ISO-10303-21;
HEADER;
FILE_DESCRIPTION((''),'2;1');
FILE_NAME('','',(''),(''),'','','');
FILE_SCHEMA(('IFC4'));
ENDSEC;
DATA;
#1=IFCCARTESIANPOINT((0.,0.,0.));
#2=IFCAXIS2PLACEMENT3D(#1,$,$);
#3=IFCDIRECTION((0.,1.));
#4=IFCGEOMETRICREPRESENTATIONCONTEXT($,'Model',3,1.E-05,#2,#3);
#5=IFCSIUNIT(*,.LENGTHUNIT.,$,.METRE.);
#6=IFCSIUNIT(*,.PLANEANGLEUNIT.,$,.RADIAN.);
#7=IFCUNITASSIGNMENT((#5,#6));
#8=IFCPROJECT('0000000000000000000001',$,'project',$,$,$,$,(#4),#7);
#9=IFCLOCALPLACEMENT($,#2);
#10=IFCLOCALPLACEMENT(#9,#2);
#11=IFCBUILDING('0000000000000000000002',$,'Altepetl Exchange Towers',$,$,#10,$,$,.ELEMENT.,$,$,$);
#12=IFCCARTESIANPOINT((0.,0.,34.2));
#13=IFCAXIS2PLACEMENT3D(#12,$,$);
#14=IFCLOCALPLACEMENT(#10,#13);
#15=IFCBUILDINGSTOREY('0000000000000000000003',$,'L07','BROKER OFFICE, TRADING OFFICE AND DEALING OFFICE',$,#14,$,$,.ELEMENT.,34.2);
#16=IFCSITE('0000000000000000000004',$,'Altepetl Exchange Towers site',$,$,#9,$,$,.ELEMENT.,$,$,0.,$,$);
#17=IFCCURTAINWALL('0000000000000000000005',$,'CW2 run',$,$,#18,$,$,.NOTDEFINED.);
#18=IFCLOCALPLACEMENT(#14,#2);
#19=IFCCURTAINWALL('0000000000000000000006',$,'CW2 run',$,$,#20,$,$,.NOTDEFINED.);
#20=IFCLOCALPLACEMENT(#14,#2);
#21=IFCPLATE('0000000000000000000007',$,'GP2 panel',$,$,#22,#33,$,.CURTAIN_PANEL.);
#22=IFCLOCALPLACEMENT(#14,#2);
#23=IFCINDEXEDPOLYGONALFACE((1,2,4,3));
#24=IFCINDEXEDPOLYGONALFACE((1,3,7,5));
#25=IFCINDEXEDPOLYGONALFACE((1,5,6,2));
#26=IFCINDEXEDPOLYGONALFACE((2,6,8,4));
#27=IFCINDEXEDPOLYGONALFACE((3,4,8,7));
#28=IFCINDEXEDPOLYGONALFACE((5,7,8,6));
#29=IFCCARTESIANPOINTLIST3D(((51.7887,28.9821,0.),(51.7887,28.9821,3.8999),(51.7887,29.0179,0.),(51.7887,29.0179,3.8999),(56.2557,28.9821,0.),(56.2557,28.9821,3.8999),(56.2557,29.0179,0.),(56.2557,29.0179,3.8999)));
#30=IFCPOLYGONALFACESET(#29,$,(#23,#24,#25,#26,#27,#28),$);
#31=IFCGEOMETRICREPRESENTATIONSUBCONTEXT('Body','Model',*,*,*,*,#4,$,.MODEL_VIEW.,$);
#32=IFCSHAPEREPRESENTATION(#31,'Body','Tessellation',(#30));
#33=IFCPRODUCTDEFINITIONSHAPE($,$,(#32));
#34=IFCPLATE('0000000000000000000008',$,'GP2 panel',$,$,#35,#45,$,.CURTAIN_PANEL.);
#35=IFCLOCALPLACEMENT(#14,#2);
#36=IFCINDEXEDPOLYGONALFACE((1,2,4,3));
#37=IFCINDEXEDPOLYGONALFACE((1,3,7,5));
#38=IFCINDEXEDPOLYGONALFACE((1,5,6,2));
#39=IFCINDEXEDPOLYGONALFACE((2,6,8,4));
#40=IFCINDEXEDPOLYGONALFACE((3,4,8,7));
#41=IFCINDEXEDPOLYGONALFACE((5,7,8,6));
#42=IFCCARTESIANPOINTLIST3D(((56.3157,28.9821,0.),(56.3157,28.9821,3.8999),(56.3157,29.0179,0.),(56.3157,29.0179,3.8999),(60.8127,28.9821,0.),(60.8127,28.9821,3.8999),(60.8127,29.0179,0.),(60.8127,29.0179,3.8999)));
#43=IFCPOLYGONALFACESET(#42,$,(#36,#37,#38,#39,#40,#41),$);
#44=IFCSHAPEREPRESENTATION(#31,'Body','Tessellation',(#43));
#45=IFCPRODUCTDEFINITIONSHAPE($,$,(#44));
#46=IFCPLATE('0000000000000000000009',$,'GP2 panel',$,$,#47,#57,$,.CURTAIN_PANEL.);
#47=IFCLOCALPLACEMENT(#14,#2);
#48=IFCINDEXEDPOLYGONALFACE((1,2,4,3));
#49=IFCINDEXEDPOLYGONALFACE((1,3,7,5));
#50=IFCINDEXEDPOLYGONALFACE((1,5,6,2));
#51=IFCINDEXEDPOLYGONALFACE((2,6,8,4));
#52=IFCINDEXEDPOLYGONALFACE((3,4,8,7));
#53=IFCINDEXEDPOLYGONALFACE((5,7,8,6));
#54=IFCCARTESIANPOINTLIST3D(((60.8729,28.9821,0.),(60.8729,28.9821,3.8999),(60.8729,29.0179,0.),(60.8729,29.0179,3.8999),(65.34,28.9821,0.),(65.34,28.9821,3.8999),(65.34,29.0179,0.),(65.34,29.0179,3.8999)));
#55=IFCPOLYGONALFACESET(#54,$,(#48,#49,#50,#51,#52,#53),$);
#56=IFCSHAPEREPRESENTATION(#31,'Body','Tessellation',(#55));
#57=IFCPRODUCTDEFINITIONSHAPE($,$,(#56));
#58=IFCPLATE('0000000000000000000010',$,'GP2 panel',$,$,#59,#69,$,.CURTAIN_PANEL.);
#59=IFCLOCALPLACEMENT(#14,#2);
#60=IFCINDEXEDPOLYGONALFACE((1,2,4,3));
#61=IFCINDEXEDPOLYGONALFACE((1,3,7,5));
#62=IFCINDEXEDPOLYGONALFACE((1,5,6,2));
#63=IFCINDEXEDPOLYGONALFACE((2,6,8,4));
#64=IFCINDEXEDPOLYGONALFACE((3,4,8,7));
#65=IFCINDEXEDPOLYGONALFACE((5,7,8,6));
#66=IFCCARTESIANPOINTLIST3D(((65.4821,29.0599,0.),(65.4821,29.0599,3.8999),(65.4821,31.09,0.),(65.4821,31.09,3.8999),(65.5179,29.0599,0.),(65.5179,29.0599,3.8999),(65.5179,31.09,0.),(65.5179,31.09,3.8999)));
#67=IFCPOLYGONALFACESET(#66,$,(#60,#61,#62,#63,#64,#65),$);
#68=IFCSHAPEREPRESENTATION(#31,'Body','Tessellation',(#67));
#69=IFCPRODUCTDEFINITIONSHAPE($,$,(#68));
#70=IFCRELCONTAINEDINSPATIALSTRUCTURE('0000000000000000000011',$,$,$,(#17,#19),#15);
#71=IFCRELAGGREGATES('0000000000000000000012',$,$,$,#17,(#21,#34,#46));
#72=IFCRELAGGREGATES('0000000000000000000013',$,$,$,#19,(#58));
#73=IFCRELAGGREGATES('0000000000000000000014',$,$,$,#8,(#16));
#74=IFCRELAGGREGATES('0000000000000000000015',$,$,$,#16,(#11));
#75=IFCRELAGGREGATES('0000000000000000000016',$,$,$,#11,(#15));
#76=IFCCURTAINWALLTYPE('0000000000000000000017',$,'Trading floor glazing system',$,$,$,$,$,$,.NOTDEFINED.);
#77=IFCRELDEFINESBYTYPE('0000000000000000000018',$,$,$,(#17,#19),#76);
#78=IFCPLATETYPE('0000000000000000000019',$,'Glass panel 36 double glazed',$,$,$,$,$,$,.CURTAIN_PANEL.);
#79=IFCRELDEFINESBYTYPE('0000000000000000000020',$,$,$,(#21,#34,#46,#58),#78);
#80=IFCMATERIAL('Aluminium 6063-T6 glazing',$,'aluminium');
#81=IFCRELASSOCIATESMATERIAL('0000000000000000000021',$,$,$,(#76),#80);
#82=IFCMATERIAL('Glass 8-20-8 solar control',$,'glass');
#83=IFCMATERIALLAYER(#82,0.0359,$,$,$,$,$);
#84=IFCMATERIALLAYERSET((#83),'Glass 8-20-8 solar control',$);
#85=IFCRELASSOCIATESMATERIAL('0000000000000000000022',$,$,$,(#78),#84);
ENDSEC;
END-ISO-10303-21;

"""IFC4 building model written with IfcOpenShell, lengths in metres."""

from ifc_helpers import new_model, si_unit, direction, frame, origin, origin_2d, place, context, subcontext, project, spatial, rectangle, extrude, material, layer, layer_set, type_object, element, aggregate, save


model = new_model("IFC4")

# Units and contexts
model_context = context("Model", 3, precision=1e-05, world=origin(), true_north=direction((0.0, 1.0)))
body_context = subcontext(model_context, "Body", "Model", "MODEL_VIEW")
ifc_project = project(units=[si_unit("LENGTHUNIT", "METRE"), si_unit("PLANEANGLEUNIT", "RADIAN")], contexts=[model_context])

# Site, building, storey
site_placement = place(None, origin())
site = spatial("IfcSite", under=ifc_project, at=site_placement, Name="Altepetl Exchange Towers site", CompositionType="ELEMENT", RefElevation=0.0)
building_placement = place(site_placement, origin())
building = spatial("IfcBuilding", under=site, at=building_placement, Name="Altepetl Exchange Towers", CompositionType="ELEMENT")
storey_placement = place(building_placement, frame((0.0, 0.0, 34.2)))
storey = spatial("IfcBuildingStorey", under=building, at=storey_placement, Name="L07", Description="BROKER OFFICE, TRADING OFFICE AND DEALING OFFICE", CompositionType="ELEMENT", Elevation=34.2)

# Curtain wall
ifc_material_1 = material(Name="Aluminium 6063-T6 glazing", Category="aluminium")
curtain_wall_type = type_object("IfcCurtainWallType", Name="Trading floor glazing system", PredefinedType="NOTDEFINED", material=ifc_material_1)
curtain_wall_1_placement = place(storey_placement, origin())
curtain_wall_1 = element("IfcCurtainWall", 1, at=curtain_wall_1_placement, inside=storey, type_object=curtain_wall_type, Name="CW2 run", PredefinedType="NOTDEFINED")

# Curtain wall
curtain_wall_2_placement = place(storey_placement, origin())
curtain_wall_2 = element("IfcCurtainWall", 2, at=curtain_wall_2_placement, inside=storey, type_object=curtain_wall_type, Name="CW2 run", PredefinedType="NOTDEFINED")

# Plates
ifc_material_2 = material(Name="Glass 8-20-8 solar control", Category="glass")
ifc_layer = layer(ifc_material_2, 0.0359)
ifc_layer_set = layer_set([ifc_layer], Name="Glass 8-20-8 solar control")
plate_type = type_object("IfcPlateType", Name="Glass panel 36 double glazed", PredefinedType="CURTAIN_PANEL", material=ifc_layer_set)
plate_1_placement = place(storey_placement, frame((54.0222, 29.0, 0.0)))
plate_1 = element("IfcPlate", 3, at=plate_1_placement, type_object=plate_type, Name="GP2 panel", PredefinedType="CURTAIN_PANEL", context=body_context, shape_type="SweptSolid", body=[
    extrude(rectangle(XDim=4.467, YDim=0.0359, at=origin_2d()), origin(), (0.0, 0.0, 1.0), 3.8999),
])
plate_2_placement = place(storey_placement, frame((58.5642, 29.0, 0.0)))
plate_2 = element("IfcPlate", 4, at=plate_2_placement, type_object=plate_type, Name="GP2 panel", PredefinedType="CURTAIN_PANEL", context=body_context, shape_type="SweptSolid", body=[
    extrude(rectangle(XDim=4.4971, YDim=0.0359, at=origin_2d()), origin(), (0.0, 0.0, 1.0), 3.8999),
])
plate_3_placement = place(storey_placement, frame((63.1064, 29.0, 0.0)))
plate_3 = element("IfcPlate", 5, at=plate_3_placement, type_object=plate_type, Name="GP2 panel", PredefinedType="CURTAIN_PANEL", context=body_context, shape_type="SweptSolid", body=[
    extrude(rectangle(XDim=4.467, YDim=0.0359, at=origin_2d()), origin(), (0.0, 0.0, 1.0), 3.8999),
])
aggregate(curtain_wall_1, [plate_1, plate_2, plate_3])
plate_4_placement = place(storey_placement, frame((65.5, 30.075, 0.0), z_axis=(0.0, 0.0, 1.0), x_axis=(0.0, 1.0, 0.0)))
plate_4 = element("IfcPlate", 6, at=plate_4_placement, type_object=plate_type, Name="GP2 panel", PredefinedType="CURTAIN_PANEL", context=body_context, shape_type="SweptSolid", body=[
    extrude(rectangle(XDim=2.03, YDim=0.0359, at=origin_2d()), origin(), (0.0, 0.0, 1.0), 3.8999),
])
aggregate(curtain_wall_2, [plate_4])

save(model, "model.ifc")
